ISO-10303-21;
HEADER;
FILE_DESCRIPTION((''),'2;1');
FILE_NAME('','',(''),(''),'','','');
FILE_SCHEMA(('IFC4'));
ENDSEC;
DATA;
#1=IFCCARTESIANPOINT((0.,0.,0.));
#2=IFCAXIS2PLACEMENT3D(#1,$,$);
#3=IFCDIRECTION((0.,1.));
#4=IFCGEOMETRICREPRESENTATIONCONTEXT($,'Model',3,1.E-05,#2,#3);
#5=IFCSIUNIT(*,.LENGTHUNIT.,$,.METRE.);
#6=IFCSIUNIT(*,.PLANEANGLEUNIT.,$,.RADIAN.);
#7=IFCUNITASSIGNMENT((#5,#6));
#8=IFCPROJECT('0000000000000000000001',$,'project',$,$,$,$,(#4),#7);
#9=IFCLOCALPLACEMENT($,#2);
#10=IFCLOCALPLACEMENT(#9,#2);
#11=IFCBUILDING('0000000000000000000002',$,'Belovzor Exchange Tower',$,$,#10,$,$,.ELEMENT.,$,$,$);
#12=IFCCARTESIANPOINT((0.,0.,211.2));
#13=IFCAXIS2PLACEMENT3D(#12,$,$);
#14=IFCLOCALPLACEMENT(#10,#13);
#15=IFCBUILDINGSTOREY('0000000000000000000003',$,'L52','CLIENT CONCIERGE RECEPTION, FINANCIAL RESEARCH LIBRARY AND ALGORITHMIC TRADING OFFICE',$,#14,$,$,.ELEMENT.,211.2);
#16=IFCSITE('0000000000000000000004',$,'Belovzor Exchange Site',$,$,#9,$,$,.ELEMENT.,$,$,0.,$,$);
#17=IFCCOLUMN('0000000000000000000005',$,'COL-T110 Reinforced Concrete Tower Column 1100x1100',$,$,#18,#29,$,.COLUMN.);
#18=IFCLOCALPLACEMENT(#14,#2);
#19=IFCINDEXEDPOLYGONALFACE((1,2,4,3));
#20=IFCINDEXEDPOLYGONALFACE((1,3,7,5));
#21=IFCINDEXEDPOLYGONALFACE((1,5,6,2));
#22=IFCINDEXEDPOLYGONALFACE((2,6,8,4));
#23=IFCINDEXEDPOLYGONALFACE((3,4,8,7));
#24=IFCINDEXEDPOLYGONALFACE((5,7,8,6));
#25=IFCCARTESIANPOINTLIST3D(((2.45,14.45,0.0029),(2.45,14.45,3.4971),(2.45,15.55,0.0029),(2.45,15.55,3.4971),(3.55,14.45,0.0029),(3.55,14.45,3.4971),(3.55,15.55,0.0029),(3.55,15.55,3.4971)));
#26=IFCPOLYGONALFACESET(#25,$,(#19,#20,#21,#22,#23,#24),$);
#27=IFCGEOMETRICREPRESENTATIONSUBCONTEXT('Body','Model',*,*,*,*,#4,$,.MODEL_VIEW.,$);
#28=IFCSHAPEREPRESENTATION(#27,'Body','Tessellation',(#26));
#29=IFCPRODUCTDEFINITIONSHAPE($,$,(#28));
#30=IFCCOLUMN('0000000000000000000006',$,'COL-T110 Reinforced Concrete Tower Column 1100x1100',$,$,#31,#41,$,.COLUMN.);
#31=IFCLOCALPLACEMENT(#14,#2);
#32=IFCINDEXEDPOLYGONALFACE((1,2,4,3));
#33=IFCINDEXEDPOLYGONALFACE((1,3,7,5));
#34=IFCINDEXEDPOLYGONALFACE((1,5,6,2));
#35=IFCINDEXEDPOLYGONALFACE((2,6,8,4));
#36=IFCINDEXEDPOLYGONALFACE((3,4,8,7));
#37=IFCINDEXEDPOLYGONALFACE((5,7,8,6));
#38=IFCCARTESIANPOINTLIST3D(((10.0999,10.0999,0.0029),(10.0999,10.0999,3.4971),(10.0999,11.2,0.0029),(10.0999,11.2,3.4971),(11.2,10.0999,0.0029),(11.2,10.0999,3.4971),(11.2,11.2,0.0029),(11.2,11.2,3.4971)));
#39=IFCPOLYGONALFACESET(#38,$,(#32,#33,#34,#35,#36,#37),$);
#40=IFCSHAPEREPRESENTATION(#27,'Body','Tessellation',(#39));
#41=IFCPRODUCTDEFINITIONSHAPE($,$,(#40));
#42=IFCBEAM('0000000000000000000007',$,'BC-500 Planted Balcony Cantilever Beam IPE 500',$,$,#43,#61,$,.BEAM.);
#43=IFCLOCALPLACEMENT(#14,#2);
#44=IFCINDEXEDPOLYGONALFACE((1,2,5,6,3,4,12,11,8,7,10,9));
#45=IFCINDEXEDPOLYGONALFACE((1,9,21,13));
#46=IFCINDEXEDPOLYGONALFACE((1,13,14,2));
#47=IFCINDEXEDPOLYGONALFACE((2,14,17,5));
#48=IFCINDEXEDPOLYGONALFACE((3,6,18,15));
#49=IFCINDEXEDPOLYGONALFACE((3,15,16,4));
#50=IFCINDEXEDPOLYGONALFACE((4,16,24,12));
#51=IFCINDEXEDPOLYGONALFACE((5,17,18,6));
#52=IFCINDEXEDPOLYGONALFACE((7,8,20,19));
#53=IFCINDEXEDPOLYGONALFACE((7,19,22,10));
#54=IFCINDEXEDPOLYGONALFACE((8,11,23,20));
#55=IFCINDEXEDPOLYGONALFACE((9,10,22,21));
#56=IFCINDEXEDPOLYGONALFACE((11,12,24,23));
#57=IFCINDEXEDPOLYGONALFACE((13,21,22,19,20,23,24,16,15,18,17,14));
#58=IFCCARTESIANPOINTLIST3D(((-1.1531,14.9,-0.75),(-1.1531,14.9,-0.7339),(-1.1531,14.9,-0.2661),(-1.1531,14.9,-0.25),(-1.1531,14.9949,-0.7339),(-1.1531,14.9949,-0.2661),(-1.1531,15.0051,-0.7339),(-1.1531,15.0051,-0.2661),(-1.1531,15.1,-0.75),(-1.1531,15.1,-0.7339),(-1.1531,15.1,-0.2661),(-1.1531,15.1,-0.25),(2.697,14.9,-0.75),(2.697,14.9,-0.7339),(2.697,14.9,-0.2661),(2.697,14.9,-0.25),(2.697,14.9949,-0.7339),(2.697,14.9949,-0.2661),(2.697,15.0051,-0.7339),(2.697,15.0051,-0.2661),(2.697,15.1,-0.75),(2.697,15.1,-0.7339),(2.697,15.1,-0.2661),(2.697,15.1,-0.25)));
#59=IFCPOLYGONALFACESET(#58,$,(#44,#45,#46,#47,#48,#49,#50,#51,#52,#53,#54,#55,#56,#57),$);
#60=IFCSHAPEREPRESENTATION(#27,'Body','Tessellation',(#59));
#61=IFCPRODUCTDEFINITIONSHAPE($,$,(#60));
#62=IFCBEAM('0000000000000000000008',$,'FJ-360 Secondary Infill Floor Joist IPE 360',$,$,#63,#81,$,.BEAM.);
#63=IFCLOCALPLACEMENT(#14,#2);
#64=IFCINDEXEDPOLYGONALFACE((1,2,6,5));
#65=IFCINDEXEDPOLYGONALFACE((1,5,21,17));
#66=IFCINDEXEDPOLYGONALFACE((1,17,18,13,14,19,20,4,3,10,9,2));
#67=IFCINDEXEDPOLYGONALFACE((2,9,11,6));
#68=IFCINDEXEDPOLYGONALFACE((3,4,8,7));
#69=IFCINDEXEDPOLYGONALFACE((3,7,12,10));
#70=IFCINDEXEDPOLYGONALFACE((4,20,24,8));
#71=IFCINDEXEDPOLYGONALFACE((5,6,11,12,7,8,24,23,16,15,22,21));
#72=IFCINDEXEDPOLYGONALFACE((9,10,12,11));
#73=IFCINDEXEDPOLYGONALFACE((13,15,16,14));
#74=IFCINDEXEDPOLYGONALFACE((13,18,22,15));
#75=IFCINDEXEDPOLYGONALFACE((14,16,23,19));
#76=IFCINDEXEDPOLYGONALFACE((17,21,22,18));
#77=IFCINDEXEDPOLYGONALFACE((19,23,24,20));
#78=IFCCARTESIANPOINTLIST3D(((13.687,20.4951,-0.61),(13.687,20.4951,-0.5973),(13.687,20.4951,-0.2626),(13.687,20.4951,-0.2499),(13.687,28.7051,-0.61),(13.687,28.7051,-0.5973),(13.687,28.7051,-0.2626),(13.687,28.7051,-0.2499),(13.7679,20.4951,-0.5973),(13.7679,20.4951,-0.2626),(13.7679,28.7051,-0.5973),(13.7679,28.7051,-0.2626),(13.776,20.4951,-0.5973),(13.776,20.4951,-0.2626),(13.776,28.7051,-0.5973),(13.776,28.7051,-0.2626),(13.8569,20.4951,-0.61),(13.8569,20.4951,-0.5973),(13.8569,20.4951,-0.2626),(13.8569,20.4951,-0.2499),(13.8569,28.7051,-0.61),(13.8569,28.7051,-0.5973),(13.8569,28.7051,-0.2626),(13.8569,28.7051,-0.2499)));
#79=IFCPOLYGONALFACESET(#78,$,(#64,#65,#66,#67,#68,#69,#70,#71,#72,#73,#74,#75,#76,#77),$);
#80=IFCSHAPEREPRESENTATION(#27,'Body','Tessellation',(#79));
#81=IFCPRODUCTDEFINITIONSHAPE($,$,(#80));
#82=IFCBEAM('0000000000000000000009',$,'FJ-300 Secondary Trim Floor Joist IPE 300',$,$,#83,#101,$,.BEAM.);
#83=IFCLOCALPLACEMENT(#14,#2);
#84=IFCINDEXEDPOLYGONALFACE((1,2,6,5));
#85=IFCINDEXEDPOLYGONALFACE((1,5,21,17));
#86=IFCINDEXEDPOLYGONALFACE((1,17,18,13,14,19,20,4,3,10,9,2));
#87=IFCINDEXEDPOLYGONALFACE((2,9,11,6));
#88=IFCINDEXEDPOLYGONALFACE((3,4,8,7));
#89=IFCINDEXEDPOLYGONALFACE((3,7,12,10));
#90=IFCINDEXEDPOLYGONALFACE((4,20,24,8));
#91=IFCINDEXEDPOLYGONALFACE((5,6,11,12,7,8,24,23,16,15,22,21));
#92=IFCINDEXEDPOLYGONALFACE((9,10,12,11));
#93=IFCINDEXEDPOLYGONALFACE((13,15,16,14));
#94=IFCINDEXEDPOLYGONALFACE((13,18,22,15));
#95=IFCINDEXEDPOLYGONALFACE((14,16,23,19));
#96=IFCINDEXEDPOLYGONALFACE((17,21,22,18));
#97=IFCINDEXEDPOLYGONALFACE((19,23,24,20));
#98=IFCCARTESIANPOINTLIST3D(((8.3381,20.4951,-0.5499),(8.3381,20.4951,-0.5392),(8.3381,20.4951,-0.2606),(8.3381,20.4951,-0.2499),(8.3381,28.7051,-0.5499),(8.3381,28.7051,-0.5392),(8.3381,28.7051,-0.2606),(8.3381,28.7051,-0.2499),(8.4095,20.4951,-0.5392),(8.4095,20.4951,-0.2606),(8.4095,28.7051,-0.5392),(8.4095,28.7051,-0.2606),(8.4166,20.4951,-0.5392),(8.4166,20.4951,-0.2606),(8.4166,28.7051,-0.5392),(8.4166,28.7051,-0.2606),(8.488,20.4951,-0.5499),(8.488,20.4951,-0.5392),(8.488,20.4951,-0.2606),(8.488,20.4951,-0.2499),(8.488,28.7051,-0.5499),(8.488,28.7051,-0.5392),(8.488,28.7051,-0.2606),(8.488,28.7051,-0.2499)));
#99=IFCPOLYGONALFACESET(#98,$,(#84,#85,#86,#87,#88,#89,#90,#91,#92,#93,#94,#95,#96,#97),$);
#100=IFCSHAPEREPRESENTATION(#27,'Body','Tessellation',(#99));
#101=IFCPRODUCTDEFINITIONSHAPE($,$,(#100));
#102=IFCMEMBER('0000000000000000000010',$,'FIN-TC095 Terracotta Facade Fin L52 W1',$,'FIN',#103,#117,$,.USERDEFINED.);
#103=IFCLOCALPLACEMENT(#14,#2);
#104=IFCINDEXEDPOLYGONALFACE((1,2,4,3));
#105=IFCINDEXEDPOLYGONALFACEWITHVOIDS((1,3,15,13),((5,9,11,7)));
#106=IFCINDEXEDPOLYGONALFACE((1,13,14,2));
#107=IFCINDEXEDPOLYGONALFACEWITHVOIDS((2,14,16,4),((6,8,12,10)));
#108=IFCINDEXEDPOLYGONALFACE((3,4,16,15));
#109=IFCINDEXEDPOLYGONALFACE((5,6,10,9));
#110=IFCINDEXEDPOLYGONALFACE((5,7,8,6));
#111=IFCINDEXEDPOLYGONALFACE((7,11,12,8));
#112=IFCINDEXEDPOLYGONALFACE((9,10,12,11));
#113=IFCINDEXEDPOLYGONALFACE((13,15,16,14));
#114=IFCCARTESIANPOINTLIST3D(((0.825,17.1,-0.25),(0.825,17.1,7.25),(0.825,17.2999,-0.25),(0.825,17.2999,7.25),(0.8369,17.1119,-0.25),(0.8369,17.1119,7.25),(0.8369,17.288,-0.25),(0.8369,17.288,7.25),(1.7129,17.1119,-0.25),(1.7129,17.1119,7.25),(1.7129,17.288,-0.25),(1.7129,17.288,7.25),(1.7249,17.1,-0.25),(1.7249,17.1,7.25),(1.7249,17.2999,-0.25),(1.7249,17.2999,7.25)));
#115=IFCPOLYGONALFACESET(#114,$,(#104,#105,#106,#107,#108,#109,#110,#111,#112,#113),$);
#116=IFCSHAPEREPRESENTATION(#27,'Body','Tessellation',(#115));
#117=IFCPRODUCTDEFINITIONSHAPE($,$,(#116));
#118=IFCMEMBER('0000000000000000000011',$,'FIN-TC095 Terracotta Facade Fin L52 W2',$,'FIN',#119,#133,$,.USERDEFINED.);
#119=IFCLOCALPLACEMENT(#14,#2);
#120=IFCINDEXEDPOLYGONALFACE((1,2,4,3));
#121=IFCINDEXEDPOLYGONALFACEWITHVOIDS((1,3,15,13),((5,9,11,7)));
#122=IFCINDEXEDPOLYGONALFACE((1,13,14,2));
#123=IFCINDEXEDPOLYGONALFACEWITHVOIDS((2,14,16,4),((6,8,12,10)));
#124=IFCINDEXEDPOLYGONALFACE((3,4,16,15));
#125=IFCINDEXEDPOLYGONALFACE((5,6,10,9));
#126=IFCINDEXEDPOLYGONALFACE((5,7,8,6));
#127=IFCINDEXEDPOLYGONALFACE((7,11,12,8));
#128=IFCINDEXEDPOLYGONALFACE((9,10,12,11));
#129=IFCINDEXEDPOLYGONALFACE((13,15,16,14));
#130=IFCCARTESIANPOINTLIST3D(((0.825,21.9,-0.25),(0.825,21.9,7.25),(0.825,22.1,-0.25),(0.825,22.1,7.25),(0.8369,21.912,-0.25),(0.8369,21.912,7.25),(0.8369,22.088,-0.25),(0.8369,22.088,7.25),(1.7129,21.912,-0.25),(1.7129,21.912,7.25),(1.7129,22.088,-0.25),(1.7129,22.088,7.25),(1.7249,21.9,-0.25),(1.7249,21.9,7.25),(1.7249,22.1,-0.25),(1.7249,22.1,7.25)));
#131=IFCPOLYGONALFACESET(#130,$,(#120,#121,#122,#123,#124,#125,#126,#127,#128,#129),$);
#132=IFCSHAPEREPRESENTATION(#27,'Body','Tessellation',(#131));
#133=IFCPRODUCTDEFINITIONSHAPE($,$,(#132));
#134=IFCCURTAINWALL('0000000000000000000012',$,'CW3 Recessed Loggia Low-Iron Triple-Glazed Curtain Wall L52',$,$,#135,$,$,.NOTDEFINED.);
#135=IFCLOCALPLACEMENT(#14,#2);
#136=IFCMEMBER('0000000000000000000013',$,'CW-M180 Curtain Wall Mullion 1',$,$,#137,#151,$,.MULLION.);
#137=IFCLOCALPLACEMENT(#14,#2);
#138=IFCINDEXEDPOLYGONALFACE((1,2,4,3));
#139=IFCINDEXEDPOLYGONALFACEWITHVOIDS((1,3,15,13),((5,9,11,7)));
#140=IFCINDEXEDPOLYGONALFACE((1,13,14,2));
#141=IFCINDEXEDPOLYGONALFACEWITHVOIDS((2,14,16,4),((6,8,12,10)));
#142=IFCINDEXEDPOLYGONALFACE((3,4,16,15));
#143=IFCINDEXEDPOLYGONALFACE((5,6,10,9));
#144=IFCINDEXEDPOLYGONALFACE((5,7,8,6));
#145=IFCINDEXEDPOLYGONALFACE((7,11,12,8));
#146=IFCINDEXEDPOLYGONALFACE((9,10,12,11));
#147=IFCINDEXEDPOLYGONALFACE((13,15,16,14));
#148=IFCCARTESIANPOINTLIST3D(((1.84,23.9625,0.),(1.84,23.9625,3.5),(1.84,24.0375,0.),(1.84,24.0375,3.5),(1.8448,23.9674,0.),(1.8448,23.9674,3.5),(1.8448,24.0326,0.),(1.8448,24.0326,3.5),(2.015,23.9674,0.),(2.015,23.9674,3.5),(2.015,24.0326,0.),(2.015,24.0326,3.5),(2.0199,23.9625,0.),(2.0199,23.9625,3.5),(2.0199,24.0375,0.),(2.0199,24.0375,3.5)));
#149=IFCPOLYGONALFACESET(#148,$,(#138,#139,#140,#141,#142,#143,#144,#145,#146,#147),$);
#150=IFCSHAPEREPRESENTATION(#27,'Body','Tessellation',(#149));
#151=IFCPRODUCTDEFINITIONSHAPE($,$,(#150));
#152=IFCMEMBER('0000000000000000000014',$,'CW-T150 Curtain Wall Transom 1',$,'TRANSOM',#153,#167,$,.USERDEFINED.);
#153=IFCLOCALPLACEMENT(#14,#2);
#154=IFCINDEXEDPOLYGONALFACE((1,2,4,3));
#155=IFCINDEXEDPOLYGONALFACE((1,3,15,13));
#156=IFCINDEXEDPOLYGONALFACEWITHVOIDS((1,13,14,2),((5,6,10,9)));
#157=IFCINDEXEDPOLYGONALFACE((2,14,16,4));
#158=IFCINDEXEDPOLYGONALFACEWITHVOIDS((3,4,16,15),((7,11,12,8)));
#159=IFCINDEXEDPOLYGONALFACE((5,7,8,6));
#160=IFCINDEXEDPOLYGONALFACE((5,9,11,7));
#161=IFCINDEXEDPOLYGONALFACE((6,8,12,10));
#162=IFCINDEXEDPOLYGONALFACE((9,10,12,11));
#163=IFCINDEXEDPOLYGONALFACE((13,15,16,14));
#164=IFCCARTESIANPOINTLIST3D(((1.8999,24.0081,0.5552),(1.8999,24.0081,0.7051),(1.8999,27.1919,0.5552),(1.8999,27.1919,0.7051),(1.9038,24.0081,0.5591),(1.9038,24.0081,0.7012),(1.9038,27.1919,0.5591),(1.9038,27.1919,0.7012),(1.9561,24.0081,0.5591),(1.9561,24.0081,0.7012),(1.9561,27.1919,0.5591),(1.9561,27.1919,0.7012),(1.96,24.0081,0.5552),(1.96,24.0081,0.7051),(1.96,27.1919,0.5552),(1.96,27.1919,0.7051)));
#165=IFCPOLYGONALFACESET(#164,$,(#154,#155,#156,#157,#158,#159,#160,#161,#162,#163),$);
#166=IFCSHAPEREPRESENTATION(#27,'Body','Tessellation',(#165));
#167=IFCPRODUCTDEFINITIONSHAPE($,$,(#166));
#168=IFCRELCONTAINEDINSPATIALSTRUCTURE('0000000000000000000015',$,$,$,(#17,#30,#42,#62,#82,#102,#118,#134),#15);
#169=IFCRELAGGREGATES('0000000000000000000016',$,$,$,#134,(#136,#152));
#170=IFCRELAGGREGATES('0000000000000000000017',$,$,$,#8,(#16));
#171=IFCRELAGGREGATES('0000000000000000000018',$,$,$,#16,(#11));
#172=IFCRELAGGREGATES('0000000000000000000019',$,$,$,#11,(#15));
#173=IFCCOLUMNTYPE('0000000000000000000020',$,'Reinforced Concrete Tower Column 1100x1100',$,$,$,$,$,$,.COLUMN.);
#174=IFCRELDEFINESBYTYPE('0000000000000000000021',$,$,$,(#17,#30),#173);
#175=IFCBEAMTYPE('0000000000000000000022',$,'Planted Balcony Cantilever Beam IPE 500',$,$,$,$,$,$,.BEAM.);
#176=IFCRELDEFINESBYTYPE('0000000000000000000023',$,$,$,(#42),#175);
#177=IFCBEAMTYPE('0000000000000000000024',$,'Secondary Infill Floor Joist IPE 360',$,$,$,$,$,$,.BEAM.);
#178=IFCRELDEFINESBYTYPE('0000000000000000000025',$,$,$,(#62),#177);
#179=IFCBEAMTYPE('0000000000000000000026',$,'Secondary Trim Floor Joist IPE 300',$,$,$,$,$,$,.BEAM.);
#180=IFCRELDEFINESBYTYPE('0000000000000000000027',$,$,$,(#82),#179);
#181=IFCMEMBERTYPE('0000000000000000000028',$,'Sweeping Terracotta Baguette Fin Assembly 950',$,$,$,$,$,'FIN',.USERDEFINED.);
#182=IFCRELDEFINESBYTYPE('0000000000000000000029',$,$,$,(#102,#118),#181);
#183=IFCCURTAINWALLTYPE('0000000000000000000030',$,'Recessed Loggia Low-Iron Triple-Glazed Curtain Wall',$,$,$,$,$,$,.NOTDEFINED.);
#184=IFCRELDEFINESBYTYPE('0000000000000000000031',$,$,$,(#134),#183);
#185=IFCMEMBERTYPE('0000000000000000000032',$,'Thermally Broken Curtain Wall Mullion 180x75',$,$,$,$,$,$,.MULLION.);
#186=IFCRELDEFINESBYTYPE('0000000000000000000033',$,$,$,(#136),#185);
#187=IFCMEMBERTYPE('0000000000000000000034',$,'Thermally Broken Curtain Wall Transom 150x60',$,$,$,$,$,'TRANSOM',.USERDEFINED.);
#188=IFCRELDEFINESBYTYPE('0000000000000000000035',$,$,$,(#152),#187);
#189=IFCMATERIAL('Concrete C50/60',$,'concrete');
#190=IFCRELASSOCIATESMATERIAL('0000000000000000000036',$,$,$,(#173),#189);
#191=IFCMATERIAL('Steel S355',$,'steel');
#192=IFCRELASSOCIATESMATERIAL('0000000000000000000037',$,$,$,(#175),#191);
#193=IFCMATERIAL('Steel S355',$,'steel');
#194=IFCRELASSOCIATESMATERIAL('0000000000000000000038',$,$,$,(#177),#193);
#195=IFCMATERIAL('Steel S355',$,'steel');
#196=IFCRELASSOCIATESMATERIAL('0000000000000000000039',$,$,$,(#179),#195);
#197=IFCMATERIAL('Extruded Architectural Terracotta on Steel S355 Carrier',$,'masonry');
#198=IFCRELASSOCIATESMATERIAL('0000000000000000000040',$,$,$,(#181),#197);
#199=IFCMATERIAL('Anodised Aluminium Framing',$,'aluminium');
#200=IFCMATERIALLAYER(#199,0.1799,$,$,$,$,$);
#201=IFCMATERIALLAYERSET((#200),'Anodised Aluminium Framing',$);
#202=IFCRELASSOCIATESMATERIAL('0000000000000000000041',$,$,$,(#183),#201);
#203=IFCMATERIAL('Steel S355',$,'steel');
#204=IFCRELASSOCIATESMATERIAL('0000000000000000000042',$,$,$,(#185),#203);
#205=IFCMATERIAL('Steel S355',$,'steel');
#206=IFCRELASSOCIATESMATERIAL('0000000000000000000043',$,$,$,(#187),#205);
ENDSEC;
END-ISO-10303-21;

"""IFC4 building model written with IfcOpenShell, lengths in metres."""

from ifc_helpers import new_model, si_unit, direction, frame, origin, origin_2d, place, context, subcontext, project, spatial, rectangle, hollow_rectangle, i_section, extrude, material, layer, layer_set, material_profile, profile_set, type_object, element, aggregate, save


model = new_model("IFC4")

# Units and contexts
model_context = context("Model", 3, precision=1e-05, world=origin(), true_north=direction((0.0, 1.0)))
body_context = subcontext(model_context, "Body", "Model", "MODEL_VIEW")
ifc_project = project(units=[si_unit("LENGTHUNIT", "METRE"), si_unit("PLANEANGLEUNIT", "RADIAN")], contexts=[model_context])

# Site, building, storey
site_placement = place(None, origin())
site = spatial("IfcSite", under=ifc_project, at=site_placement, Name="Belovzor Exchange Site", CompositionType="ELEMENT", RefElevation=0.0)
building_placement = place(site_placement, origin())
building = spatial("IfcBuilding", under=site, at=building_placement, Name="Belovzor Exchange Tower", CompositionType="ELEMENT")
storey_placement = place(building_placement, frame((0.0, 0.0, 211.2)))
storey = spatial("IfcBuildingStorey", under=building, at=storey_placement, Name="L52", Description="CLIENT CONCIERGE RECEPTION, FINANCIAL RESEARCH LIBRARY AND ALGORITHMIC TRADING OFFICE", CompositionType="ELEMENT", Elevation=211.2)

# Columns
ifc_material_1 = material(Name="Concrete C50/60", Category="concrete")
ifc_material_profile_1 = material_profile(ifc_material_1, rectangle(XDim=1.1001, YDim=1.1001, at=origin_2d()))
ifc_profile_set_1 = profile_set([ifc_material_profile_1], Name="Concrete C50/60")
column_type = type_object("IfcColumnType", Name="Reinforced Concrete Tower Column 1100x1100", PredefinedType="COLUMN", material=ifc_profile_set_1)
for number, where, z_axis, x_axis, name in (
    (1, (3.0, 15.0, 0.0029), (0.0, 0.0, 1.0), (1.0, 0.0, 0.0), "COL-T110 Reinforced Concrete Tower Column 1100x1100"),
    (2, (10.6499, 10.6499, 0.0029), (0.0, 0.0, 1.0), (1.0, 0.0, 0.0), "COL-T110 Reinforced Concrete Tower Column 1100x1100"),
):
    element("IfcColumn", number, at=place(storey_placement, frame(where, z_axis=z_axis, x_axis=x_axis)), inside=storey, type_object=column_type, Name=name, PredefinedType="COLUMN", context=body_context, shape_type="SweptSolid", body=[
        extrude(rectangle(XDim=1.1001, YDim=1.1001, at=origin_2d()), origin(), (0.0, 0.0, 1.0), 3.4941),
    ])

# Beams
ifc_material_2 = material(Name="Steel S355", Category="steel")
ifc_material_profile_2 = material_profile(ifc_material_2, i_section(OverallWidth=0.2, OverallDepth=0.5, WebThickness=0.0103, FlangeThickness=0.0161, at=origin_2d()))
ifc_profile_set_2 = profile_set([ifc_material_profile_2], Name="Steel S355")
beam_type_1 = type_object("IfcBeamType", Name="Planted Balcony Cantilever Beam IPE 500", PredefinedType="BEAM", material=ifc_profile_set_2)
beam_1_placement = place(storey_placement, frame((2.697, 15.0, -0.5), z_axis=(-1.0, 0.0, 0.0), x_axis=(0.0, -1.0, 0.0)))
element("IfcBeam", 3, at=beam_1_placement, inside=storey, type_object=beam_type_1, Name="BC-500 Planted Balcony Cantilever Beam IPE 500", PredefinedType="BEAM", context=body_context, shape_type="SweptSolid", body=[
    extrude(i_section(OverallWidth=0.2, OverallDepth=0.5, WebThickness=0.0103, FlangeThickness=0.0161, at=origin_2d()), origin(), (0.0, 0.0, 1.0), 3.8501),
])
ifc_material_3 = material(Name="Steel S355", Category="steel")
ifc_material_profile_3 = material_profile(ifc_material_3, i_section(OverallWidth=0.1699, OverallDepth=0.3601, WebThickness=0.0081, FlangeThickness=0.0127, at=origin_2d()))
ifc_profile_set_3 = profile_set([ifc_material_profile_3], Name="Steel S355")
beam_type_2 = type_object("IfcBeamType", Name="Secondary Infill Floor Joist IPE 360", PredefinedType="BEAM", material=ifc_profile_set_3)
beam_2_placement = place(storey_placement, frame((13.772, 20.4951, -0.4299), z_axis=(0.0, 1.0, 0.0), x_axis=(-1.0, 0.0, 0.0)))
element("IfcBeam", 4, at=beam_2_placement, inside=storey, type_object=beam_type_2, Name="FJ-360 Secondary Infill Floor Joist IPE 360", PredefinedType="BEAM", context=body_context, shape_type="SweptSolid", body=[
    extrude(i_section(OverallWidth=0.1699, OverallDepth=0.3601, WebThickness=0.0081, FlangeThickness=0.0127, at=origin_2d()), origin(), (0.0, 0.0, 1.0), 8.21),
])
ifc_material_4 = material(Name="Steel S355", Category="steel")
ifc_material_profile_4 = material_profile(ifc_material_4, i_section(OverallWidth=0.1499, OverallDepth=0.3, WebThickness=0.0071, FlangeThickness=0.0107, at=origin_2d()))
ifc_profile_set_4 = profile_set([ifc_material_profile_4], Name="Steel S355")
beam_type_3 = type_object("IfcBeamType", Name="Secondary Trim Floor Joist IPE 300", PredefinedType="BEAM", material=ifc_profile_set_4)
beam_3_placement = place(storey_placement, frame((8.4131, 20.4951, -0.3999), z_axis=(0.0, 1.0, 0.0), x_axis=(-1.0, 0.0, 0.0)))
element("IfcBeam", 5, at=beam_3_placement, inside=storey, type_object=beam_type_3, Name="FJ-300 Secondary Trim Floor Joist IPE 300", PredefinedType="BEAM", context=body_context, shape_type="SweptSolid", body=[
    extrude(i_section(OverallWidth=0.1499, OverallDepth=0.3, WebThickness=0.0071, FlangeThickness=0.0107, at=origin_2d()), origin(), (0.0, 0.0, 1.0), 8.21),
])

# Members
ifc_material_5 = material(Name="Extruded Architectural Terracotta on Steel S355 Carrier", Category="masonry")
ifc_material_profile_5 = material_profile(ifc_material_5, hollow_rectangle(XDim=0.2, YDim=0.8999, WallThickness=0.012, at=origin_2d()))
ifc_profile_set_5 = profile_set([ifc_material_profile_5], Name="Extruded Architectural Terracotta on Steel S355 Carrier")
member_type_1 = type_object("IfcMemberType", Name="Sweeping Terracotta Baguette Fin Assembly 950", ElementType="FIN", PredefinedType="USERDEFINED", material=ifc_profile_set_5)
for number, where, z_axis, x_axis, name in (
    (6, (1.2749, 17.2, -0.25), (0.0, 0.0, 1.0), (0.0, 1.0, 0.0), "FIN-TC095 Terracotta Facade Fin L52 W1"),
    (7, (1.2749, 22.0, -0.25), (0.0, 0.0, 1.0), (0.0, 1.0, 0.0), "FIN-TC095 Terracotta Facade Fin L52 W2"),
):
    element("IfcMember", number, at=place(storey_placement, frame(where, z_axis=z_axis, x_axis=x_axis)), inside=storey, type_object=member_type_1, Name=name, ObjectType="FIN", PredefinedType="USERDEFINED", context=body_context, shape_type="SweptSolid", body=[
        extrude(hollow_rectangle(XDim=0.2, YDim=0.8999, WallThickness=0.012, at=origin_2d()), origin(), (0.0, 0.0, 1.0), 7.5),
    ])

# Curtain wall, members
ifc_material_6 = material(Name="Anodised Aluminium Framing", Category="aluminium")
ifc_layer_1 = layer(ifc_material_6, 0.1799)
ifc_layer_set_1 = layer_set([ifc_layer_1], Name="Anodised Aluminium Framing")
curtain_wall_type = type_object("IfcCurtainWallType", Name="Recessed Loggia Low-Iron Triple-Glazed Curtain Wall", PredefinedType="NOTDEFINED", material=ifc_layer_set_1)
curtain_wall_placement = place(storey_placement, origin())
curtain_wall = element("IfcCurtainWall", 8, at=curtain_wall_placement, inside=storey, type_object=curtain_wall_type, Name="CW3 Recessed Loggia Low-Iron Triple-Glazed Curtain Wall L52", PredefinedType="NOTDEFINED")
ifc_material_7 = material(Name="Steel S355", Category="steel")
ifc_material_profile_6 = material_profile(ifc_material_7, hollow_rectangle(XDim=0.075, YDim=0.1799, WallThickness=0.0049, at=origin_2d()))
ifc_profile_set_6 = profile_set([ifc_material_profile_6], Name="Steel S355")
member_type_2 = type_object("IfcMemberType", Name="Thermally Broken Curtain Wall Mullion 180x75", PredefinedType="MULLION", material=ifc_profile_set_6)
member_1_placement = place(storey_placement, frame((1.9299, 24.0, 0.0), z_axis=(0.0, 0.0, 1.0), x_axis=(0.0, 1.0, 0.0)))
member_1 = element("IfcMember", 9, at=member_1_placement, type_object=member_type_2, Name="CW-M180 Curtain Wall Mullion 1", PredefinedType="MULLION", context=body_context, shape_type="SweptSolid", body=[
    extrude(hollow_rectangle(XDim=0.075, YDim=0.1799, WallThickness=0.0049, at=origin_2d()), origin(), (0.0, 0.0, 1.0), 3.5),
])
ifc_material_8 = material(Name="Steel S355", Category="steel")
ifc_material_profile_7 = material_profile(ifc_material_8, hollow_rectangle(XDim=0.0601, YDim=0.1499, WallThickness=0.0039, at=origin_2d()))
ifc_profile_set_7 = profile_set([ifc_material_profile_7], Name="Steel S355")
member_type_3 = type_object("IfcMemberType", Name="Thermally Broken Curtain Wall Transom 150x60", ElementType="TRANSOM", PredefinedType="USERDEFINED", material=ifc_profile_set_7)
member_2_placement = place(storey_placement, frame((1.9299, 24.0081, 0.6301), z_axis=(0.0, 1.0, 0.0), x_axis=(-1.0, 0.0, 0.0)))
member_2 = element("IfcMember", 10, at=member_2_placement, type_object=member_type_3, Name="CW-T150 Curtain Wall Transom 1", ObjectType="TRANSOM", PredefinedType="USERDEFINED", context=body_context, shape_type="SweptSolid", body=[
    extrude(hollow_rectangle(XDim=0.0601, YDim=0.1499, WallThickness=0.0039, at=origin_2d()), origin(), (0.0, 0.0, 1.0), 3.1838),
])

aggregate(curtain_wall, [member_1, member_2])

save(model, "model.ifc")
